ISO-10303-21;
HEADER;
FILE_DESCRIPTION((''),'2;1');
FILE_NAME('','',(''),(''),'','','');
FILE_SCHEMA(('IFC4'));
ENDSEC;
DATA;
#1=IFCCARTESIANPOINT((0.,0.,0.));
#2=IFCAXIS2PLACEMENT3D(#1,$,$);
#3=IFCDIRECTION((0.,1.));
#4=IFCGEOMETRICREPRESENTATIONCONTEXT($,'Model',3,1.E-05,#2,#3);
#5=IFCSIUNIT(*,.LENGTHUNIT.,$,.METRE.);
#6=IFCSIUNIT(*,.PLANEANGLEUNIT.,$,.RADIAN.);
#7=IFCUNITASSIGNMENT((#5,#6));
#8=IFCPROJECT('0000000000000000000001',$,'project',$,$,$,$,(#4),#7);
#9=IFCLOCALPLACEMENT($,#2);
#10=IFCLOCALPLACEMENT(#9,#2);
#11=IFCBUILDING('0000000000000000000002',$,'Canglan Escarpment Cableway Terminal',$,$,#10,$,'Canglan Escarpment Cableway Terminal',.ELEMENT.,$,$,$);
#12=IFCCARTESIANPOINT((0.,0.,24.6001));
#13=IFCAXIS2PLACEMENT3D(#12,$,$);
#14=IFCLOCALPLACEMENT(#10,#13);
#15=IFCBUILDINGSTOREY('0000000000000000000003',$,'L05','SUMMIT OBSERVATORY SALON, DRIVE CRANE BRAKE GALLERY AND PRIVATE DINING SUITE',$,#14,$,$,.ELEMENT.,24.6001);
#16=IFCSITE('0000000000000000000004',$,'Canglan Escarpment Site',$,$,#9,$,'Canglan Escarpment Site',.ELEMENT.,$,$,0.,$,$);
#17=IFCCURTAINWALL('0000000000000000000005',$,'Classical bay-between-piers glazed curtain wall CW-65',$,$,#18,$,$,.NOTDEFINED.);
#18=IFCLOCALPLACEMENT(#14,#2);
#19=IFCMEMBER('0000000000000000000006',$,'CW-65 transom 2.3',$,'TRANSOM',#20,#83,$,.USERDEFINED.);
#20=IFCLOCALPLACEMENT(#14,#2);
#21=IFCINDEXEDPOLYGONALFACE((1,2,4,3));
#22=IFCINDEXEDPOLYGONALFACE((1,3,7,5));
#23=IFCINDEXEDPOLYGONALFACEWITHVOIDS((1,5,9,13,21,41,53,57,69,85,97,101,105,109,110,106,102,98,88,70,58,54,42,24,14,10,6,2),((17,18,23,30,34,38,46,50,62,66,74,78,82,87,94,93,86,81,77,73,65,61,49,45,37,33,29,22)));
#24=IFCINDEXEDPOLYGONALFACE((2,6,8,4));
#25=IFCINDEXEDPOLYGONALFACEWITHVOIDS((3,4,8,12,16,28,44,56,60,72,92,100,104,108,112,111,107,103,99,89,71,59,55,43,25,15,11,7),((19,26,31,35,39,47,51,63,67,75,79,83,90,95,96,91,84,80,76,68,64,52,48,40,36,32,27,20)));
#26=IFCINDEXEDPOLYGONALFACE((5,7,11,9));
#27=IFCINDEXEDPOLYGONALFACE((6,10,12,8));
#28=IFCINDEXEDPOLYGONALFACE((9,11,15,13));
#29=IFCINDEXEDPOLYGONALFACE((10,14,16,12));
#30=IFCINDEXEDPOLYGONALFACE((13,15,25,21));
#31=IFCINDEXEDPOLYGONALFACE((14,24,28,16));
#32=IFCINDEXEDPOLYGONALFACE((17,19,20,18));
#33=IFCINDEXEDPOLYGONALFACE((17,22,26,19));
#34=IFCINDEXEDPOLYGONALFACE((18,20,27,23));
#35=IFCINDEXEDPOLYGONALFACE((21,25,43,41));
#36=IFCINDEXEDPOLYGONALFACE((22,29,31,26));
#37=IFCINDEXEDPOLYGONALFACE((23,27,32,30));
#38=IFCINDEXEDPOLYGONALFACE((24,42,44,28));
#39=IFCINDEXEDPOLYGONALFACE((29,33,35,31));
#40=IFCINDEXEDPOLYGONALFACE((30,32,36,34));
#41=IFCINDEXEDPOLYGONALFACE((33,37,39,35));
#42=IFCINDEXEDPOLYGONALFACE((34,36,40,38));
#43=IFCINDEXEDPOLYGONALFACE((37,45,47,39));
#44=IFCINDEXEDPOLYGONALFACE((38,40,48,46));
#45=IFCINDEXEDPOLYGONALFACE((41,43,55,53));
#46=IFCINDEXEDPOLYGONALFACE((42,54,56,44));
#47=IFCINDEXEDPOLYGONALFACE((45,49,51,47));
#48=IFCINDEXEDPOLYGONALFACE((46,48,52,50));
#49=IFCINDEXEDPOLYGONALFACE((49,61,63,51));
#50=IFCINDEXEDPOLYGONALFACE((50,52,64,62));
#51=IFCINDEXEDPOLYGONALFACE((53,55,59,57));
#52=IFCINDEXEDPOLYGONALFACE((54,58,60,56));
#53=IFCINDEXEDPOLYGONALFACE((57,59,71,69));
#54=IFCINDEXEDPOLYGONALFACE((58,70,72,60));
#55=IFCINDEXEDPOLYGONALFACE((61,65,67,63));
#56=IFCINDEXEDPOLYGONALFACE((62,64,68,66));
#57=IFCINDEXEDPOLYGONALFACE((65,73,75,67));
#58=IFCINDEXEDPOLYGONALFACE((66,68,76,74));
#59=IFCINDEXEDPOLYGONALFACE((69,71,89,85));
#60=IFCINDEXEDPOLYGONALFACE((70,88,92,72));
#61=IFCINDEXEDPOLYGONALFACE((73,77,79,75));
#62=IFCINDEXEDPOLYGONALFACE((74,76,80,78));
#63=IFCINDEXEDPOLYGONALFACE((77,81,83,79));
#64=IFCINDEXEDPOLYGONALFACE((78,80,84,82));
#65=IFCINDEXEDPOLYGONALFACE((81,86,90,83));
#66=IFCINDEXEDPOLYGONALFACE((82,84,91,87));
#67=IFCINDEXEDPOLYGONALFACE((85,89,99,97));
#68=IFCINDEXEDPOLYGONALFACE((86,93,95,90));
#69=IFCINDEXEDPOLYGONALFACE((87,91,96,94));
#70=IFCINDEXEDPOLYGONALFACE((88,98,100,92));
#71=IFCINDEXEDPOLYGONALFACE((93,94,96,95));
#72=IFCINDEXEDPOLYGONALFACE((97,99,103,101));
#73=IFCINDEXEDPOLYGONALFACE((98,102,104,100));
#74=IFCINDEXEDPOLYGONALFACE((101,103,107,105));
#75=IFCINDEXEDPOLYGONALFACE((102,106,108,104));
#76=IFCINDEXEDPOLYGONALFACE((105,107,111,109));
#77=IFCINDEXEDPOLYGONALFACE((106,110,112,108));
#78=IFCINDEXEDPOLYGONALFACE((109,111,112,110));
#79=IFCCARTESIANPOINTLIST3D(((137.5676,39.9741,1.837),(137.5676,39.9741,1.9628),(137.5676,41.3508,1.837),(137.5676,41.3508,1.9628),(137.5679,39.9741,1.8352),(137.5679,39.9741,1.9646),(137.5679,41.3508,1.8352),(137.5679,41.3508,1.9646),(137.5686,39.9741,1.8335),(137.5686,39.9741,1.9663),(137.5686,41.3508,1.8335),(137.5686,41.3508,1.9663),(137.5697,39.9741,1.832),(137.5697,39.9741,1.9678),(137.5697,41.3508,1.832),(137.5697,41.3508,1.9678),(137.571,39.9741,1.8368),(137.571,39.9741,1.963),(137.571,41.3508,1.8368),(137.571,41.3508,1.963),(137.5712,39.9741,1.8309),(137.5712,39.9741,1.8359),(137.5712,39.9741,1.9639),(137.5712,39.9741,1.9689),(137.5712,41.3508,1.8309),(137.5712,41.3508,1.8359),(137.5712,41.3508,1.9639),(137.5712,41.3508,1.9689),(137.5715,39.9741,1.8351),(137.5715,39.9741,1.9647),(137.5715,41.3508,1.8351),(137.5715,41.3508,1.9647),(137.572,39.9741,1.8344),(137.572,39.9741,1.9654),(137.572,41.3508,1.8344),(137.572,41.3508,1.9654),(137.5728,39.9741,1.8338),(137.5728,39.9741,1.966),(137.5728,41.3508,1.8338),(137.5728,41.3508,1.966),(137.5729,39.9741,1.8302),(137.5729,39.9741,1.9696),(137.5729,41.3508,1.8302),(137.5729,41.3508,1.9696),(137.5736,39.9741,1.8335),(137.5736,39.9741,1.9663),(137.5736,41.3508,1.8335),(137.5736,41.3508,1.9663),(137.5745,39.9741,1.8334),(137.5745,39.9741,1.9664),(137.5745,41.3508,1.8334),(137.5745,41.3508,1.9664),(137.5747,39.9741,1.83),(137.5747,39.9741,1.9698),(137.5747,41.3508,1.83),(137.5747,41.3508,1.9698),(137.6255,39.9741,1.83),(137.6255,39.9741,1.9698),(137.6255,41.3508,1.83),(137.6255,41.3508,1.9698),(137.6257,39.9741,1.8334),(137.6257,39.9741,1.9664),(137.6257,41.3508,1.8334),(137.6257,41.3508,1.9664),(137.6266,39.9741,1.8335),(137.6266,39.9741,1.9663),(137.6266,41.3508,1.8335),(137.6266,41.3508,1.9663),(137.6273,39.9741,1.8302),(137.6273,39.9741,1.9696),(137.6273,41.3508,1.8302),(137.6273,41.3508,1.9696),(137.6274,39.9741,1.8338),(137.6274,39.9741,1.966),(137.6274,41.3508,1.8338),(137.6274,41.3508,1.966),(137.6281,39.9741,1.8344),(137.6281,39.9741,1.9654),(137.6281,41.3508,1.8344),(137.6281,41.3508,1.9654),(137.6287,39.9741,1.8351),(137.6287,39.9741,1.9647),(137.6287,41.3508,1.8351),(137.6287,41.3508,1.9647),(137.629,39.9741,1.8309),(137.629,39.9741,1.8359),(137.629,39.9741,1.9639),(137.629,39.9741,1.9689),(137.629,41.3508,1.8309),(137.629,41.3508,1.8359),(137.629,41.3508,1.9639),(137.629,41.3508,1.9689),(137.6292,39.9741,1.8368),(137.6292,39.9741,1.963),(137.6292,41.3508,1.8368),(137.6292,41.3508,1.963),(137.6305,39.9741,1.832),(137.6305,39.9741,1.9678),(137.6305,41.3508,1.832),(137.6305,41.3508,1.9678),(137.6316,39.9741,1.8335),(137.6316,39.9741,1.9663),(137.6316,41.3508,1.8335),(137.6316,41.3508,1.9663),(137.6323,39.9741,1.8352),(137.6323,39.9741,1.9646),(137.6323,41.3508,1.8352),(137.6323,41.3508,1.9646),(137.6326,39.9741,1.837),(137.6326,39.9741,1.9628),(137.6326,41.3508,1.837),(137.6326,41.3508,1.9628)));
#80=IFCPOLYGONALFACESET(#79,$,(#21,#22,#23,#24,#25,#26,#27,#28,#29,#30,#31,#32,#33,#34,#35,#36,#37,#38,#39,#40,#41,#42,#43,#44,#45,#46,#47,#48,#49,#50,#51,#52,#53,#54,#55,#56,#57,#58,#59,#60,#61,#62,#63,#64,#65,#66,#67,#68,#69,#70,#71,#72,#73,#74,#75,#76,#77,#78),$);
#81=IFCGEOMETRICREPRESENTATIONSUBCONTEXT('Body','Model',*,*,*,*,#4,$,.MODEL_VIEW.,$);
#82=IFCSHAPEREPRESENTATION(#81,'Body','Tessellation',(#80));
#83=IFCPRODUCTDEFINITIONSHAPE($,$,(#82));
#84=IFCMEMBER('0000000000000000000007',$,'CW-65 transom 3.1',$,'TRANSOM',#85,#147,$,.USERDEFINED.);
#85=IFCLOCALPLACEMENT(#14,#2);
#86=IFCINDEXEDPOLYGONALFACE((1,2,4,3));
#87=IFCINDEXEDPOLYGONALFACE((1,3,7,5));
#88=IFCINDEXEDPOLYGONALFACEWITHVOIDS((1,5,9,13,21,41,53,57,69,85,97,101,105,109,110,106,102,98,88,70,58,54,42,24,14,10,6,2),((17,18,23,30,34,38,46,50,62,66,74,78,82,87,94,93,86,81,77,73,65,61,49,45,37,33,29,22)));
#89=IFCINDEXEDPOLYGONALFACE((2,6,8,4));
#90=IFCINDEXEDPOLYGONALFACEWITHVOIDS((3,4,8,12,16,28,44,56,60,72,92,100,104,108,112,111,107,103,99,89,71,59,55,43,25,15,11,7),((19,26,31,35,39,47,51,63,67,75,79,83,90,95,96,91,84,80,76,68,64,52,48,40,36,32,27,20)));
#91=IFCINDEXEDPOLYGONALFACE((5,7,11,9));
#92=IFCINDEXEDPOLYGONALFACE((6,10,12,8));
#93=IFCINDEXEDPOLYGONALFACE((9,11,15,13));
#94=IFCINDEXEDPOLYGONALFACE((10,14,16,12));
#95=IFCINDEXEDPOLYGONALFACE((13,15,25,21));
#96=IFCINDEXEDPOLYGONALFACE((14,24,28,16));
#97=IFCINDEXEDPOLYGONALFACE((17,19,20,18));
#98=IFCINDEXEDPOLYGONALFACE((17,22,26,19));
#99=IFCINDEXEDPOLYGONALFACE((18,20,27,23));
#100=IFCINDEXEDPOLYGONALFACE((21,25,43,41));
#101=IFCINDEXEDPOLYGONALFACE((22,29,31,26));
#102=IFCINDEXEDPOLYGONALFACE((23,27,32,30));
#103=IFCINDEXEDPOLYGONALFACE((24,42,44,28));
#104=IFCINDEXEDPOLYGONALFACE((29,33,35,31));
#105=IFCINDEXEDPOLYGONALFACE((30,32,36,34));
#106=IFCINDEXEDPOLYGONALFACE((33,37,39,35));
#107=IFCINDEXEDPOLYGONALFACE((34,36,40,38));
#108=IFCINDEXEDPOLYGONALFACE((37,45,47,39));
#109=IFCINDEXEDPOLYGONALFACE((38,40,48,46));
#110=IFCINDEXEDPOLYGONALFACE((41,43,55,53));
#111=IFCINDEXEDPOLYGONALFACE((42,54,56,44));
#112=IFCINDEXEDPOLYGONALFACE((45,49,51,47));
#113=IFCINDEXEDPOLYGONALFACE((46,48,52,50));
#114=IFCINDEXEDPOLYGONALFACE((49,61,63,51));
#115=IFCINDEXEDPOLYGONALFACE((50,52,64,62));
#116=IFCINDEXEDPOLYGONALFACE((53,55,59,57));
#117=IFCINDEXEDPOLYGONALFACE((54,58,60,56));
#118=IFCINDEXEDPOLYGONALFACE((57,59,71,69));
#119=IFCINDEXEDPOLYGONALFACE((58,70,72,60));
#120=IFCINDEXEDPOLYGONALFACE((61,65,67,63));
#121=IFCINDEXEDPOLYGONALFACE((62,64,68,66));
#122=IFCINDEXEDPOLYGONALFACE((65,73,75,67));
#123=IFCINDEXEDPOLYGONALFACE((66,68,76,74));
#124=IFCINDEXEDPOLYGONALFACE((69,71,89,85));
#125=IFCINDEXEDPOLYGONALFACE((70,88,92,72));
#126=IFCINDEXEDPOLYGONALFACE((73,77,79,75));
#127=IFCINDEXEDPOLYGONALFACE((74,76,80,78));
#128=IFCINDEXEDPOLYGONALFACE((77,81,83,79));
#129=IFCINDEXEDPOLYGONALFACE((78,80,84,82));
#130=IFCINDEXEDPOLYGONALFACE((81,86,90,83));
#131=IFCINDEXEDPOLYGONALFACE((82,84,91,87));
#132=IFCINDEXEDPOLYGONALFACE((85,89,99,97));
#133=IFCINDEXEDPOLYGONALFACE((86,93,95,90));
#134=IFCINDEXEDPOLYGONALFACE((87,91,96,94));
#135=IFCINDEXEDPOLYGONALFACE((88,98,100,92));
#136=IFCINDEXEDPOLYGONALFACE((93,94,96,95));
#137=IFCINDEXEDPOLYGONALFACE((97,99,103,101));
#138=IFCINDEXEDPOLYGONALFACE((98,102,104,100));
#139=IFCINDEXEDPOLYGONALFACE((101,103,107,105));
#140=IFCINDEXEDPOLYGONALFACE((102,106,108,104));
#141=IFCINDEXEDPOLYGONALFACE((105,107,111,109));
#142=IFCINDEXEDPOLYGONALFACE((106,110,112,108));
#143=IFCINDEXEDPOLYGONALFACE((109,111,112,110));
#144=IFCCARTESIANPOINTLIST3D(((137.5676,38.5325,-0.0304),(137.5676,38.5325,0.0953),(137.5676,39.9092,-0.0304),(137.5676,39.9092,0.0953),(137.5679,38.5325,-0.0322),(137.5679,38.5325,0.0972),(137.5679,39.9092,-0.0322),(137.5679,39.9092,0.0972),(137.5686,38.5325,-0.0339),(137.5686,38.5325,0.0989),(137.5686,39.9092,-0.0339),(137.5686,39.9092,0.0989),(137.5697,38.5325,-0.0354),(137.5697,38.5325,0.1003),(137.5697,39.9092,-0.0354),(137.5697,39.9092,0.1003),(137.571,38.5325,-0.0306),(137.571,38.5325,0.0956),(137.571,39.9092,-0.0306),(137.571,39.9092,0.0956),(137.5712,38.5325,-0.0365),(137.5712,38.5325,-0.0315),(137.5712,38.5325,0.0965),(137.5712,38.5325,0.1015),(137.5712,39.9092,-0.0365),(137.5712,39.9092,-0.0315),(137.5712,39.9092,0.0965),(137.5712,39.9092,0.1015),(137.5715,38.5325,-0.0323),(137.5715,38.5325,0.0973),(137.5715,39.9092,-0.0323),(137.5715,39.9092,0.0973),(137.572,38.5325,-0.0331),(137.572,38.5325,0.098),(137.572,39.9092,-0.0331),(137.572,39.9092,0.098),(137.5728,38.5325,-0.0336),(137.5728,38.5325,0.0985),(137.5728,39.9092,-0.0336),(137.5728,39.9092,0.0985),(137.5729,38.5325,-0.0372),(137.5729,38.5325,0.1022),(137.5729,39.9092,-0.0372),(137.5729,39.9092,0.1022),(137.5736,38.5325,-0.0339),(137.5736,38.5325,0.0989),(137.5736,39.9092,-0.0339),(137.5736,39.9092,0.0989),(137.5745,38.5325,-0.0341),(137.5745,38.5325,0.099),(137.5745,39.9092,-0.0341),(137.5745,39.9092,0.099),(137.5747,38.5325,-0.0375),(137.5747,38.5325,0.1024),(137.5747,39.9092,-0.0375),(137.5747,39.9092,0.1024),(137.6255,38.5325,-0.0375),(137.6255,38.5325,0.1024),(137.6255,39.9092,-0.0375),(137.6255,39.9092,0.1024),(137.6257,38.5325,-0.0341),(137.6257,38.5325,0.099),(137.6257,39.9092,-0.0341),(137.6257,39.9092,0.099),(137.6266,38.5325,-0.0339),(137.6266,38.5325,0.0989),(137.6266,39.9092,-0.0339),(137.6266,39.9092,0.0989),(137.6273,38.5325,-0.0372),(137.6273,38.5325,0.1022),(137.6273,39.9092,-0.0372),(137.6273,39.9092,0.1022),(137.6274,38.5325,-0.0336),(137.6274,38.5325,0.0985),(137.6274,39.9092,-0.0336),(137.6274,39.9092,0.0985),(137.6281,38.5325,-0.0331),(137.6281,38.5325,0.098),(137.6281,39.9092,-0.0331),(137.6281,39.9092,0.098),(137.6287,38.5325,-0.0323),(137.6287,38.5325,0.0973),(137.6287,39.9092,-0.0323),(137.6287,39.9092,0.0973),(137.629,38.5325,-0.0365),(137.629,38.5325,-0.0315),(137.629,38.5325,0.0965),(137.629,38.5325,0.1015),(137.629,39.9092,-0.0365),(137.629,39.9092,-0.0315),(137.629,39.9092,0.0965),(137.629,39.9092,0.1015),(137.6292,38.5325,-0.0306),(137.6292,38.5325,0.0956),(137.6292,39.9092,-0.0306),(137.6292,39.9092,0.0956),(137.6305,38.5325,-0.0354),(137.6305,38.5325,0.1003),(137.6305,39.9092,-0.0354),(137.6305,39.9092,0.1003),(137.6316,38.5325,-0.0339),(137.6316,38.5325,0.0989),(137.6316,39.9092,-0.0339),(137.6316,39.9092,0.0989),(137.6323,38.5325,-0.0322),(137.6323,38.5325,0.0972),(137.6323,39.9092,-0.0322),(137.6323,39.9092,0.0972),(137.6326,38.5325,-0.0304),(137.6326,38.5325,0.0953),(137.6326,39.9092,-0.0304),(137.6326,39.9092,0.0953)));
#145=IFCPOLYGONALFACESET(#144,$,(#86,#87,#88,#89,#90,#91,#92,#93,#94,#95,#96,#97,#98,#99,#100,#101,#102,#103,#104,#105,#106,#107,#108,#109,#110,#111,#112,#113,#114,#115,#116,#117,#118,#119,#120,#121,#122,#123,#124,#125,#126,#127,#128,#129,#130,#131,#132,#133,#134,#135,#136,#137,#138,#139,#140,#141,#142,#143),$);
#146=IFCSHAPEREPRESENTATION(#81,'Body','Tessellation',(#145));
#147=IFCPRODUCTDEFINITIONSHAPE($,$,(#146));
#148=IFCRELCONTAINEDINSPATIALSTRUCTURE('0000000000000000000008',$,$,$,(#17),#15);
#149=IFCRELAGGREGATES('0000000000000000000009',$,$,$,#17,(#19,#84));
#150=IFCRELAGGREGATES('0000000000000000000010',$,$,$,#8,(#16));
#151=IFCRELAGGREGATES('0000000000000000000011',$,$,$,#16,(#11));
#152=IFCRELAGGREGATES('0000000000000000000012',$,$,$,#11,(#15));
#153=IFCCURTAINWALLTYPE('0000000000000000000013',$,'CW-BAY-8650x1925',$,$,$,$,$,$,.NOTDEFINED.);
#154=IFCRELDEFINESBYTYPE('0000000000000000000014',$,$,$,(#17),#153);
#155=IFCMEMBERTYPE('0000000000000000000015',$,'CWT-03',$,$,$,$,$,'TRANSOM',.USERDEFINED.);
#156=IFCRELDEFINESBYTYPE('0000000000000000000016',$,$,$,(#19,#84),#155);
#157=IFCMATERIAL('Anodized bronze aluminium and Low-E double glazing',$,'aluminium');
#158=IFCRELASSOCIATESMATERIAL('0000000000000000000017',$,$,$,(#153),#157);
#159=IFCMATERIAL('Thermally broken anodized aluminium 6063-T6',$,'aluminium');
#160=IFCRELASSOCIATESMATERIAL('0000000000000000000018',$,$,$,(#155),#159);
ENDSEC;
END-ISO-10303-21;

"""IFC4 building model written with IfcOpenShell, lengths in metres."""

from ifc_helpers import new_model, si_unit, direction, frame, origin, origin_2d, place, context, subcontext, project, spatial, hollow_rectangle, extrude, material, material_profile, profile_set, type_object, element, aggregate, save


model = new_model("IFC4")

# Units and contexts
model_context = context("Model", 3, precision=1e-05, world=origin(), true_north=direction((0.0, 1.0)))
body_context = subcontext(model_context, "Body", "Model", "MODEL_VIEW")
ifc_project = project(units=[si_unit("LENGTHUNIT", "METRE"), si_unit("PLANEANGLEUNIT", "RADIAN")], contexts=[model_context])

# Site, building, storey
site_placement = place(None, origin())
site = spatial("IfcSite", under=ifc_project, at=site_placement, Name="Canglan Escarpment Site", LongName="Canglan Escarpment Site", CompositionType="ELEMENT", RefElevation=0.0)
building_placement = place(site_placement, origin())
building = spatial("IfcBuilding", under=site, at=building_placement, Name="Canglan Escarpment Cableway Terminal", LongName="Canglan Escarpment Cableway Terminal", CompositionType="ELEMENT")
storey_placement = place(building_placement, frame((0.0, 0.0, 24.6001)))
storey = spatial("IfcBuildingStorey", under=building, at=storey_placement, Name="L05", Description="SUMMIT OBSERVATORY SALON, DRIVE CRANE BRAKE GALLERY AND PRIVATE DINING SUITE", CompositionType="ELEMENT", Elevation=24.6001)

# Curtain wall
ifc_material_1 = material(Name="Anodized bronze aluminium and Low-E double glazing", Category="aluminium")
curtain_wall_type = type_object("IfcCurtainWallType", Name="CW-BAY-8650x1925", PredefinedType="NOTDEFINED", material=ifc_material_1)
ifc_material_2 = material(Name="Thermally broken anodized aluminium 6063-T6", Category="aluminium")
curtain_wall_1_placement = place(storey_placement, origin())
curtain_wall_1 = element("IfcCurtainWall", 1, at=curtain_wall_1_placement, inside=storey, type_object=curtain_wall_type, Name="Classical bay-between-piers glazed curtain wall CW-65", PredefinedType="NOTDEFINED")

# Members
ifc_material_profile_1 = material_profile(ifc_material_2, hollow_rectangle(XDim=0.0649, YDim=0.1399, WallThickness=0.0034, InnerFilletRadius=0.0034, OuterFilletRadius=0.0071, at=origin_2d()), Name="ALU-TRAN 65x140x3.5")
ifc_profile_set_1 = profile_set([ifc_material_profile_1], Name="Thermally broken anodized aluminium 6063-T6")
member_type_1 = type_object("IfcMemberType", Name="CWT-03", ElementType="TRANSOM", PredefinedType="USERDEFINED", material=ifc_profile_set_1)
member_1_placement = place(storey_placement, frame((137.6001, 41.3508, 1.8999), z_axis=(0.0, -1.0, 0.0), x_axis=(1.0, 0.0, 0.0)))
member_1 = element("IfcMember", 2, at=member_1_placement, type_object=member_type_1, Name="CW-65 transom 2.3", ObjectType="TRANSOM", PredefinedType="USERDEFINED", context=body_context, shape_type="SweptSolid", body=[
    extrude(hollow_rectangle(XDim=0.0649, YDim=0.1399, WallThickness=0.0034, InnerFilletRadius=0.0034, OuterFilletRadius=0.0071, at=origin_2d()), origin(), (0.0, 0.0, 1.0), 1.3767),
])
member_2_placement = place(storey_placement, frame((137.6001, 39.9092, 0.0325), z_axis=(0.0, -1.0, 0.0), x_axis=(1.0, 0.0, 0.0)))
member_2 = element("IfcMember", 3, at=member_2_placement, type_object=member_type_1, Name="CW-65 transom 3.1", ObjectType="TRANSOM", PredefinedType="USERDEFINED", context=body_context, shape_type="SweptSolid", body=[
    extrude(hollow_rectangle(XDim=0.0649, YDim=0.1399, WallThickness=0.0034, InnerFilletRadius=0.0034, OuterFilletRadius=0.0071, at=origin_2d()), origin(), (0.0, 0.0, 1.0), 1.3767),
])

aggregate(curtain_wall_1, [member_1, member_2])

save(model, "model.ifc")
